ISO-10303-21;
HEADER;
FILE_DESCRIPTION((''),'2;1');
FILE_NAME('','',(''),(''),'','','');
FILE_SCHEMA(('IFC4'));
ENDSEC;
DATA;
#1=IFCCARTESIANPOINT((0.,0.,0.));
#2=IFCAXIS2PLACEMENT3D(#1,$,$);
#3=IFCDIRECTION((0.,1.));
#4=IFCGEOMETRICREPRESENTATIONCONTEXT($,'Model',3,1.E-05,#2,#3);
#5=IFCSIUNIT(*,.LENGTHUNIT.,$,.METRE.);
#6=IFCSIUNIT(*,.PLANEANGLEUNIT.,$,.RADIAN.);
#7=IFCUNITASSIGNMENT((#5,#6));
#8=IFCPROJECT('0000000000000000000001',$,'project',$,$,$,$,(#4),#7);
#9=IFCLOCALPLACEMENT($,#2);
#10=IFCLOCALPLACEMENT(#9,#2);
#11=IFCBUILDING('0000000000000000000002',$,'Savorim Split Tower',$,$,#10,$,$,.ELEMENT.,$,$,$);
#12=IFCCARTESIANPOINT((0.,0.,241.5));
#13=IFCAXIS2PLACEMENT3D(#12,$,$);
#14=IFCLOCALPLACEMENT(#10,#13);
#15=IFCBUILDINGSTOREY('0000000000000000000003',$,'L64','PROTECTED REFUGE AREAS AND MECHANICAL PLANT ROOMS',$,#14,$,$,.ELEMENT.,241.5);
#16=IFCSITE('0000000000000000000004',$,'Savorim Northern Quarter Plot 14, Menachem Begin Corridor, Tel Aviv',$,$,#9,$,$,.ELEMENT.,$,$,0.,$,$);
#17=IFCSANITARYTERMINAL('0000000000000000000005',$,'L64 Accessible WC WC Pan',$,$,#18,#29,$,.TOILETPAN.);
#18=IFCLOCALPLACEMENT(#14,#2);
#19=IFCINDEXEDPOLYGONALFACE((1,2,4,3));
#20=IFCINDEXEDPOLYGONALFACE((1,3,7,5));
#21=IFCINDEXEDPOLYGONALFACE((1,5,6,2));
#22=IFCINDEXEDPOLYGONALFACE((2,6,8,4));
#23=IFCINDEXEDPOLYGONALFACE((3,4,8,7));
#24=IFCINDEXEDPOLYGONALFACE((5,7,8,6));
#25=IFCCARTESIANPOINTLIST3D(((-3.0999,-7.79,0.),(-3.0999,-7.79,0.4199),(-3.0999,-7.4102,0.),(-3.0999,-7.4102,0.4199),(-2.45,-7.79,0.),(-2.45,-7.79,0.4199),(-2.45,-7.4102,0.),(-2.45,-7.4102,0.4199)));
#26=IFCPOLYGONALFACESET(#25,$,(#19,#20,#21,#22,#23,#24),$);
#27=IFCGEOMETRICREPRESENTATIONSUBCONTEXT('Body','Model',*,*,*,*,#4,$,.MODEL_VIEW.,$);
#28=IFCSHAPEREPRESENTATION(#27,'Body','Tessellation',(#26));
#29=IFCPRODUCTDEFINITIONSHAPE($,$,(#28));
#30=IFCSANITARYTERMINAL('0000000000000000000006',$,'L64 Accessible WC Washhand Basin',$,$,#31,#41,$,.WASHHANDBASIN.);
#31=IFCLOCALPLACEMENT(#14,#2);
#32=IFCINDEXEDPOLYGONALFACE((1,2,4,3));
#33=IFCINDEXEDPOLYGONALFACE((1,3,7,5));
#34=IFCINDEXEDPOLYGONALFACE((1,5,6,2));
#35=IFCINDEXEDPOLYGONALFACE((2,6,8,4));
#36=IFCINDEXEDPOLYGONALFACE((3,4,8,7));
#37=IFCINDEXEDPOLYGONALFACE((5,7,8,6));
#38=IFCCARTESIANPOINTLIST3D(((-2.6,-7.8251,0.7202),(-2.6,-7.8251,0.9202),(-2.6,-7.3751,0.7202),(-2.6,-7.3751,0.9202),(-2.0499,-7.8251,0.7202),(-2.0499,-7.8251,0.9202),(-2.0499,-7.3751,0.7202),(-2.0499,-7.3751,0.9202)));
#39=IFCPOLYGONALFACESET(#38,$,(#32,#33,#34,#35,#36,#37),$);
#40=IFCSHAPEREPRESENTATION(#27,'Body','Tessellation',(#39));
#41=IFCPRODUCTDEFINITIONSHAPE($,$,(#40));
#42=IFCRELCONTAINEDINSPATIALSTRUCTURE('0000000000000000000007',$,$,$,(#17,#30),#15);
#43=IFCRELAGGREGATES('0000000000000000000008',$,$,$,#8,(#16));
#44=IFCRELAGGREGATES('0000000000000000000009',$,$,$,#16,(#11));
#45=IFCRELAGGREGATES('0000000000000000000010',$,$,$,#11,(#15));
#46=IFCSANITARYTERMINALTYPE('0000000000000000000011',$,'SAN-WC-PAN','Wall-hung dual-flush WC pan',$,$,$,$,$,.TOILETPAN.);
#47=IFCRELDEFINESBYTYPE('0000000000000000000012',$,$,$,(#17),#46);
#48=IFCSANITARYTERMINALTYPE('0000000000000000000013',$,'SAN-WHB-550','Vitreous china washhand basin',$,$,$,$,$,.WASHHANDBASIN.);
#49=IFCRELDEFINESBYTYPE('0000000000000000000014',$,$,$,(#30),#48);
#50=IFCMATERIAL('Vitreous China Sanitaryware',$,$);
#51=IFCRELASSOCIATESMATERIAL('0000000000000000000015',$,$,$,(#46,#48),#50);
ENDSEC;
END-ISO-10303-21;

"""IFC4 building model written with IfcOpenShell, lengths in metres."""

from ifc_helpers import new_model, si_unit, direction, frame, origin, origin_2d, place, context, subcontext, project, spatial, rectangle, extrude, material, type_object, element, save


model = new_model("IFC4")

# Units and contexts
model_context = context("Model", 3, precision=1e-05, world=origin(), true_north=direction((0.0, 1.0)))
body_context = subcontext(model_context, "Body", "Model", "MODEL_VIEW")
ifc_project = project(units=[si_unit("LENGTHUNIT", "METRE"), si_unit("PLANEANGLEUNIT", "RADIAN")], contexts=[model_context])

# Site, building, storey
site_placement = place(None, origin())
site = spatial("IfcSite", under=ifc_project, at=site_placement, Name="Savorim Northern Quarter Plot 14, Menachem Begin Corridor, Tel Aviv", CompositionType="ELEMENT", RefElevation=0.0)
building_placement = place(site_placement, origin())
building = spatial("IfcBuilding", under=site, at=building_placement, Name="Savorim Split Tower", CompositionType="ELEMENT")
storey_placement = place(building_placement, frame((0.0, 0.0, 241.5)))
storey = spatial("IfcBuildingStorey", under=building, at=storey_placement, Name="L64", Description="PROTECTED REFUGE AREAS AND MECHANICAL PLANT ROOMS", CompositionType="ELEMENT", Elevation=241.5)

# Sanitary terminals
ifc_material_1 = material(Name="Vitreous China Sanitaryware")
sanitary_terminal_type_1 = type_object("IfcSanitaryTerminalType", Name="SAN-WC-PAN", Description="Wall-hung dual-flush WC pan", PredefinedType="TOILETPAN", material=ifc_material_1)
sanitary_terminal_1_placement = place(storey_placement, frame((-2.7749, -7.6001, 0.0), z_axis=(0.0, 0.0, 1.0), x_axis=(1.0, 0.0, 0.0)))
element("IfcSanitaryTerminal", 1, at=sanitary_terminal_1_placement, inside=storey, type_object=sanitary_terminal_type_1, Name="L64 Accessible WC WC Pan", PredefinedType="TOILETPAN", context=body_context, shape_type="SweptSolid", body=[
    extrude(rectangle(XDim=0.6499, YDim=0.3799, at=origin_2d()), origin(), (0.0, 0.0, 1.0), 0.4199),
])
sanitary_terminal_type_2 = type_object("IfcSanitaryTerminalType", Name="SAN-WHB-550", Description="Vitreous china washhand basin", PredefinedType="WASHHANDBASIN", material=ifc_material_1)
sanitary_terminal_2_placement = place(storey_placement, frame((-2.325, -7.6001, 0.7202), z_axis=(0.0, 0.0, 1.0), x_axis=(1.0, 0.0, 0.0)))
element("IfcSanitaryTerminal", 2, at=sanitary_terminal_2_placement, inside=storey, type_object=sanitary_terminal_type_2, Name="L64 Accessible WC Washhand Basin", PredefinedType="WASHHANDBASIN", context=body_context, shape_type="SweptSolid", body=[
    extrude(rectangle(XDim=0.55, YDim=0.45, at=origin_2d()), origin(), (0.0, 0.0, 1.0), 0.2),
])

save(model, "model.ifc")
